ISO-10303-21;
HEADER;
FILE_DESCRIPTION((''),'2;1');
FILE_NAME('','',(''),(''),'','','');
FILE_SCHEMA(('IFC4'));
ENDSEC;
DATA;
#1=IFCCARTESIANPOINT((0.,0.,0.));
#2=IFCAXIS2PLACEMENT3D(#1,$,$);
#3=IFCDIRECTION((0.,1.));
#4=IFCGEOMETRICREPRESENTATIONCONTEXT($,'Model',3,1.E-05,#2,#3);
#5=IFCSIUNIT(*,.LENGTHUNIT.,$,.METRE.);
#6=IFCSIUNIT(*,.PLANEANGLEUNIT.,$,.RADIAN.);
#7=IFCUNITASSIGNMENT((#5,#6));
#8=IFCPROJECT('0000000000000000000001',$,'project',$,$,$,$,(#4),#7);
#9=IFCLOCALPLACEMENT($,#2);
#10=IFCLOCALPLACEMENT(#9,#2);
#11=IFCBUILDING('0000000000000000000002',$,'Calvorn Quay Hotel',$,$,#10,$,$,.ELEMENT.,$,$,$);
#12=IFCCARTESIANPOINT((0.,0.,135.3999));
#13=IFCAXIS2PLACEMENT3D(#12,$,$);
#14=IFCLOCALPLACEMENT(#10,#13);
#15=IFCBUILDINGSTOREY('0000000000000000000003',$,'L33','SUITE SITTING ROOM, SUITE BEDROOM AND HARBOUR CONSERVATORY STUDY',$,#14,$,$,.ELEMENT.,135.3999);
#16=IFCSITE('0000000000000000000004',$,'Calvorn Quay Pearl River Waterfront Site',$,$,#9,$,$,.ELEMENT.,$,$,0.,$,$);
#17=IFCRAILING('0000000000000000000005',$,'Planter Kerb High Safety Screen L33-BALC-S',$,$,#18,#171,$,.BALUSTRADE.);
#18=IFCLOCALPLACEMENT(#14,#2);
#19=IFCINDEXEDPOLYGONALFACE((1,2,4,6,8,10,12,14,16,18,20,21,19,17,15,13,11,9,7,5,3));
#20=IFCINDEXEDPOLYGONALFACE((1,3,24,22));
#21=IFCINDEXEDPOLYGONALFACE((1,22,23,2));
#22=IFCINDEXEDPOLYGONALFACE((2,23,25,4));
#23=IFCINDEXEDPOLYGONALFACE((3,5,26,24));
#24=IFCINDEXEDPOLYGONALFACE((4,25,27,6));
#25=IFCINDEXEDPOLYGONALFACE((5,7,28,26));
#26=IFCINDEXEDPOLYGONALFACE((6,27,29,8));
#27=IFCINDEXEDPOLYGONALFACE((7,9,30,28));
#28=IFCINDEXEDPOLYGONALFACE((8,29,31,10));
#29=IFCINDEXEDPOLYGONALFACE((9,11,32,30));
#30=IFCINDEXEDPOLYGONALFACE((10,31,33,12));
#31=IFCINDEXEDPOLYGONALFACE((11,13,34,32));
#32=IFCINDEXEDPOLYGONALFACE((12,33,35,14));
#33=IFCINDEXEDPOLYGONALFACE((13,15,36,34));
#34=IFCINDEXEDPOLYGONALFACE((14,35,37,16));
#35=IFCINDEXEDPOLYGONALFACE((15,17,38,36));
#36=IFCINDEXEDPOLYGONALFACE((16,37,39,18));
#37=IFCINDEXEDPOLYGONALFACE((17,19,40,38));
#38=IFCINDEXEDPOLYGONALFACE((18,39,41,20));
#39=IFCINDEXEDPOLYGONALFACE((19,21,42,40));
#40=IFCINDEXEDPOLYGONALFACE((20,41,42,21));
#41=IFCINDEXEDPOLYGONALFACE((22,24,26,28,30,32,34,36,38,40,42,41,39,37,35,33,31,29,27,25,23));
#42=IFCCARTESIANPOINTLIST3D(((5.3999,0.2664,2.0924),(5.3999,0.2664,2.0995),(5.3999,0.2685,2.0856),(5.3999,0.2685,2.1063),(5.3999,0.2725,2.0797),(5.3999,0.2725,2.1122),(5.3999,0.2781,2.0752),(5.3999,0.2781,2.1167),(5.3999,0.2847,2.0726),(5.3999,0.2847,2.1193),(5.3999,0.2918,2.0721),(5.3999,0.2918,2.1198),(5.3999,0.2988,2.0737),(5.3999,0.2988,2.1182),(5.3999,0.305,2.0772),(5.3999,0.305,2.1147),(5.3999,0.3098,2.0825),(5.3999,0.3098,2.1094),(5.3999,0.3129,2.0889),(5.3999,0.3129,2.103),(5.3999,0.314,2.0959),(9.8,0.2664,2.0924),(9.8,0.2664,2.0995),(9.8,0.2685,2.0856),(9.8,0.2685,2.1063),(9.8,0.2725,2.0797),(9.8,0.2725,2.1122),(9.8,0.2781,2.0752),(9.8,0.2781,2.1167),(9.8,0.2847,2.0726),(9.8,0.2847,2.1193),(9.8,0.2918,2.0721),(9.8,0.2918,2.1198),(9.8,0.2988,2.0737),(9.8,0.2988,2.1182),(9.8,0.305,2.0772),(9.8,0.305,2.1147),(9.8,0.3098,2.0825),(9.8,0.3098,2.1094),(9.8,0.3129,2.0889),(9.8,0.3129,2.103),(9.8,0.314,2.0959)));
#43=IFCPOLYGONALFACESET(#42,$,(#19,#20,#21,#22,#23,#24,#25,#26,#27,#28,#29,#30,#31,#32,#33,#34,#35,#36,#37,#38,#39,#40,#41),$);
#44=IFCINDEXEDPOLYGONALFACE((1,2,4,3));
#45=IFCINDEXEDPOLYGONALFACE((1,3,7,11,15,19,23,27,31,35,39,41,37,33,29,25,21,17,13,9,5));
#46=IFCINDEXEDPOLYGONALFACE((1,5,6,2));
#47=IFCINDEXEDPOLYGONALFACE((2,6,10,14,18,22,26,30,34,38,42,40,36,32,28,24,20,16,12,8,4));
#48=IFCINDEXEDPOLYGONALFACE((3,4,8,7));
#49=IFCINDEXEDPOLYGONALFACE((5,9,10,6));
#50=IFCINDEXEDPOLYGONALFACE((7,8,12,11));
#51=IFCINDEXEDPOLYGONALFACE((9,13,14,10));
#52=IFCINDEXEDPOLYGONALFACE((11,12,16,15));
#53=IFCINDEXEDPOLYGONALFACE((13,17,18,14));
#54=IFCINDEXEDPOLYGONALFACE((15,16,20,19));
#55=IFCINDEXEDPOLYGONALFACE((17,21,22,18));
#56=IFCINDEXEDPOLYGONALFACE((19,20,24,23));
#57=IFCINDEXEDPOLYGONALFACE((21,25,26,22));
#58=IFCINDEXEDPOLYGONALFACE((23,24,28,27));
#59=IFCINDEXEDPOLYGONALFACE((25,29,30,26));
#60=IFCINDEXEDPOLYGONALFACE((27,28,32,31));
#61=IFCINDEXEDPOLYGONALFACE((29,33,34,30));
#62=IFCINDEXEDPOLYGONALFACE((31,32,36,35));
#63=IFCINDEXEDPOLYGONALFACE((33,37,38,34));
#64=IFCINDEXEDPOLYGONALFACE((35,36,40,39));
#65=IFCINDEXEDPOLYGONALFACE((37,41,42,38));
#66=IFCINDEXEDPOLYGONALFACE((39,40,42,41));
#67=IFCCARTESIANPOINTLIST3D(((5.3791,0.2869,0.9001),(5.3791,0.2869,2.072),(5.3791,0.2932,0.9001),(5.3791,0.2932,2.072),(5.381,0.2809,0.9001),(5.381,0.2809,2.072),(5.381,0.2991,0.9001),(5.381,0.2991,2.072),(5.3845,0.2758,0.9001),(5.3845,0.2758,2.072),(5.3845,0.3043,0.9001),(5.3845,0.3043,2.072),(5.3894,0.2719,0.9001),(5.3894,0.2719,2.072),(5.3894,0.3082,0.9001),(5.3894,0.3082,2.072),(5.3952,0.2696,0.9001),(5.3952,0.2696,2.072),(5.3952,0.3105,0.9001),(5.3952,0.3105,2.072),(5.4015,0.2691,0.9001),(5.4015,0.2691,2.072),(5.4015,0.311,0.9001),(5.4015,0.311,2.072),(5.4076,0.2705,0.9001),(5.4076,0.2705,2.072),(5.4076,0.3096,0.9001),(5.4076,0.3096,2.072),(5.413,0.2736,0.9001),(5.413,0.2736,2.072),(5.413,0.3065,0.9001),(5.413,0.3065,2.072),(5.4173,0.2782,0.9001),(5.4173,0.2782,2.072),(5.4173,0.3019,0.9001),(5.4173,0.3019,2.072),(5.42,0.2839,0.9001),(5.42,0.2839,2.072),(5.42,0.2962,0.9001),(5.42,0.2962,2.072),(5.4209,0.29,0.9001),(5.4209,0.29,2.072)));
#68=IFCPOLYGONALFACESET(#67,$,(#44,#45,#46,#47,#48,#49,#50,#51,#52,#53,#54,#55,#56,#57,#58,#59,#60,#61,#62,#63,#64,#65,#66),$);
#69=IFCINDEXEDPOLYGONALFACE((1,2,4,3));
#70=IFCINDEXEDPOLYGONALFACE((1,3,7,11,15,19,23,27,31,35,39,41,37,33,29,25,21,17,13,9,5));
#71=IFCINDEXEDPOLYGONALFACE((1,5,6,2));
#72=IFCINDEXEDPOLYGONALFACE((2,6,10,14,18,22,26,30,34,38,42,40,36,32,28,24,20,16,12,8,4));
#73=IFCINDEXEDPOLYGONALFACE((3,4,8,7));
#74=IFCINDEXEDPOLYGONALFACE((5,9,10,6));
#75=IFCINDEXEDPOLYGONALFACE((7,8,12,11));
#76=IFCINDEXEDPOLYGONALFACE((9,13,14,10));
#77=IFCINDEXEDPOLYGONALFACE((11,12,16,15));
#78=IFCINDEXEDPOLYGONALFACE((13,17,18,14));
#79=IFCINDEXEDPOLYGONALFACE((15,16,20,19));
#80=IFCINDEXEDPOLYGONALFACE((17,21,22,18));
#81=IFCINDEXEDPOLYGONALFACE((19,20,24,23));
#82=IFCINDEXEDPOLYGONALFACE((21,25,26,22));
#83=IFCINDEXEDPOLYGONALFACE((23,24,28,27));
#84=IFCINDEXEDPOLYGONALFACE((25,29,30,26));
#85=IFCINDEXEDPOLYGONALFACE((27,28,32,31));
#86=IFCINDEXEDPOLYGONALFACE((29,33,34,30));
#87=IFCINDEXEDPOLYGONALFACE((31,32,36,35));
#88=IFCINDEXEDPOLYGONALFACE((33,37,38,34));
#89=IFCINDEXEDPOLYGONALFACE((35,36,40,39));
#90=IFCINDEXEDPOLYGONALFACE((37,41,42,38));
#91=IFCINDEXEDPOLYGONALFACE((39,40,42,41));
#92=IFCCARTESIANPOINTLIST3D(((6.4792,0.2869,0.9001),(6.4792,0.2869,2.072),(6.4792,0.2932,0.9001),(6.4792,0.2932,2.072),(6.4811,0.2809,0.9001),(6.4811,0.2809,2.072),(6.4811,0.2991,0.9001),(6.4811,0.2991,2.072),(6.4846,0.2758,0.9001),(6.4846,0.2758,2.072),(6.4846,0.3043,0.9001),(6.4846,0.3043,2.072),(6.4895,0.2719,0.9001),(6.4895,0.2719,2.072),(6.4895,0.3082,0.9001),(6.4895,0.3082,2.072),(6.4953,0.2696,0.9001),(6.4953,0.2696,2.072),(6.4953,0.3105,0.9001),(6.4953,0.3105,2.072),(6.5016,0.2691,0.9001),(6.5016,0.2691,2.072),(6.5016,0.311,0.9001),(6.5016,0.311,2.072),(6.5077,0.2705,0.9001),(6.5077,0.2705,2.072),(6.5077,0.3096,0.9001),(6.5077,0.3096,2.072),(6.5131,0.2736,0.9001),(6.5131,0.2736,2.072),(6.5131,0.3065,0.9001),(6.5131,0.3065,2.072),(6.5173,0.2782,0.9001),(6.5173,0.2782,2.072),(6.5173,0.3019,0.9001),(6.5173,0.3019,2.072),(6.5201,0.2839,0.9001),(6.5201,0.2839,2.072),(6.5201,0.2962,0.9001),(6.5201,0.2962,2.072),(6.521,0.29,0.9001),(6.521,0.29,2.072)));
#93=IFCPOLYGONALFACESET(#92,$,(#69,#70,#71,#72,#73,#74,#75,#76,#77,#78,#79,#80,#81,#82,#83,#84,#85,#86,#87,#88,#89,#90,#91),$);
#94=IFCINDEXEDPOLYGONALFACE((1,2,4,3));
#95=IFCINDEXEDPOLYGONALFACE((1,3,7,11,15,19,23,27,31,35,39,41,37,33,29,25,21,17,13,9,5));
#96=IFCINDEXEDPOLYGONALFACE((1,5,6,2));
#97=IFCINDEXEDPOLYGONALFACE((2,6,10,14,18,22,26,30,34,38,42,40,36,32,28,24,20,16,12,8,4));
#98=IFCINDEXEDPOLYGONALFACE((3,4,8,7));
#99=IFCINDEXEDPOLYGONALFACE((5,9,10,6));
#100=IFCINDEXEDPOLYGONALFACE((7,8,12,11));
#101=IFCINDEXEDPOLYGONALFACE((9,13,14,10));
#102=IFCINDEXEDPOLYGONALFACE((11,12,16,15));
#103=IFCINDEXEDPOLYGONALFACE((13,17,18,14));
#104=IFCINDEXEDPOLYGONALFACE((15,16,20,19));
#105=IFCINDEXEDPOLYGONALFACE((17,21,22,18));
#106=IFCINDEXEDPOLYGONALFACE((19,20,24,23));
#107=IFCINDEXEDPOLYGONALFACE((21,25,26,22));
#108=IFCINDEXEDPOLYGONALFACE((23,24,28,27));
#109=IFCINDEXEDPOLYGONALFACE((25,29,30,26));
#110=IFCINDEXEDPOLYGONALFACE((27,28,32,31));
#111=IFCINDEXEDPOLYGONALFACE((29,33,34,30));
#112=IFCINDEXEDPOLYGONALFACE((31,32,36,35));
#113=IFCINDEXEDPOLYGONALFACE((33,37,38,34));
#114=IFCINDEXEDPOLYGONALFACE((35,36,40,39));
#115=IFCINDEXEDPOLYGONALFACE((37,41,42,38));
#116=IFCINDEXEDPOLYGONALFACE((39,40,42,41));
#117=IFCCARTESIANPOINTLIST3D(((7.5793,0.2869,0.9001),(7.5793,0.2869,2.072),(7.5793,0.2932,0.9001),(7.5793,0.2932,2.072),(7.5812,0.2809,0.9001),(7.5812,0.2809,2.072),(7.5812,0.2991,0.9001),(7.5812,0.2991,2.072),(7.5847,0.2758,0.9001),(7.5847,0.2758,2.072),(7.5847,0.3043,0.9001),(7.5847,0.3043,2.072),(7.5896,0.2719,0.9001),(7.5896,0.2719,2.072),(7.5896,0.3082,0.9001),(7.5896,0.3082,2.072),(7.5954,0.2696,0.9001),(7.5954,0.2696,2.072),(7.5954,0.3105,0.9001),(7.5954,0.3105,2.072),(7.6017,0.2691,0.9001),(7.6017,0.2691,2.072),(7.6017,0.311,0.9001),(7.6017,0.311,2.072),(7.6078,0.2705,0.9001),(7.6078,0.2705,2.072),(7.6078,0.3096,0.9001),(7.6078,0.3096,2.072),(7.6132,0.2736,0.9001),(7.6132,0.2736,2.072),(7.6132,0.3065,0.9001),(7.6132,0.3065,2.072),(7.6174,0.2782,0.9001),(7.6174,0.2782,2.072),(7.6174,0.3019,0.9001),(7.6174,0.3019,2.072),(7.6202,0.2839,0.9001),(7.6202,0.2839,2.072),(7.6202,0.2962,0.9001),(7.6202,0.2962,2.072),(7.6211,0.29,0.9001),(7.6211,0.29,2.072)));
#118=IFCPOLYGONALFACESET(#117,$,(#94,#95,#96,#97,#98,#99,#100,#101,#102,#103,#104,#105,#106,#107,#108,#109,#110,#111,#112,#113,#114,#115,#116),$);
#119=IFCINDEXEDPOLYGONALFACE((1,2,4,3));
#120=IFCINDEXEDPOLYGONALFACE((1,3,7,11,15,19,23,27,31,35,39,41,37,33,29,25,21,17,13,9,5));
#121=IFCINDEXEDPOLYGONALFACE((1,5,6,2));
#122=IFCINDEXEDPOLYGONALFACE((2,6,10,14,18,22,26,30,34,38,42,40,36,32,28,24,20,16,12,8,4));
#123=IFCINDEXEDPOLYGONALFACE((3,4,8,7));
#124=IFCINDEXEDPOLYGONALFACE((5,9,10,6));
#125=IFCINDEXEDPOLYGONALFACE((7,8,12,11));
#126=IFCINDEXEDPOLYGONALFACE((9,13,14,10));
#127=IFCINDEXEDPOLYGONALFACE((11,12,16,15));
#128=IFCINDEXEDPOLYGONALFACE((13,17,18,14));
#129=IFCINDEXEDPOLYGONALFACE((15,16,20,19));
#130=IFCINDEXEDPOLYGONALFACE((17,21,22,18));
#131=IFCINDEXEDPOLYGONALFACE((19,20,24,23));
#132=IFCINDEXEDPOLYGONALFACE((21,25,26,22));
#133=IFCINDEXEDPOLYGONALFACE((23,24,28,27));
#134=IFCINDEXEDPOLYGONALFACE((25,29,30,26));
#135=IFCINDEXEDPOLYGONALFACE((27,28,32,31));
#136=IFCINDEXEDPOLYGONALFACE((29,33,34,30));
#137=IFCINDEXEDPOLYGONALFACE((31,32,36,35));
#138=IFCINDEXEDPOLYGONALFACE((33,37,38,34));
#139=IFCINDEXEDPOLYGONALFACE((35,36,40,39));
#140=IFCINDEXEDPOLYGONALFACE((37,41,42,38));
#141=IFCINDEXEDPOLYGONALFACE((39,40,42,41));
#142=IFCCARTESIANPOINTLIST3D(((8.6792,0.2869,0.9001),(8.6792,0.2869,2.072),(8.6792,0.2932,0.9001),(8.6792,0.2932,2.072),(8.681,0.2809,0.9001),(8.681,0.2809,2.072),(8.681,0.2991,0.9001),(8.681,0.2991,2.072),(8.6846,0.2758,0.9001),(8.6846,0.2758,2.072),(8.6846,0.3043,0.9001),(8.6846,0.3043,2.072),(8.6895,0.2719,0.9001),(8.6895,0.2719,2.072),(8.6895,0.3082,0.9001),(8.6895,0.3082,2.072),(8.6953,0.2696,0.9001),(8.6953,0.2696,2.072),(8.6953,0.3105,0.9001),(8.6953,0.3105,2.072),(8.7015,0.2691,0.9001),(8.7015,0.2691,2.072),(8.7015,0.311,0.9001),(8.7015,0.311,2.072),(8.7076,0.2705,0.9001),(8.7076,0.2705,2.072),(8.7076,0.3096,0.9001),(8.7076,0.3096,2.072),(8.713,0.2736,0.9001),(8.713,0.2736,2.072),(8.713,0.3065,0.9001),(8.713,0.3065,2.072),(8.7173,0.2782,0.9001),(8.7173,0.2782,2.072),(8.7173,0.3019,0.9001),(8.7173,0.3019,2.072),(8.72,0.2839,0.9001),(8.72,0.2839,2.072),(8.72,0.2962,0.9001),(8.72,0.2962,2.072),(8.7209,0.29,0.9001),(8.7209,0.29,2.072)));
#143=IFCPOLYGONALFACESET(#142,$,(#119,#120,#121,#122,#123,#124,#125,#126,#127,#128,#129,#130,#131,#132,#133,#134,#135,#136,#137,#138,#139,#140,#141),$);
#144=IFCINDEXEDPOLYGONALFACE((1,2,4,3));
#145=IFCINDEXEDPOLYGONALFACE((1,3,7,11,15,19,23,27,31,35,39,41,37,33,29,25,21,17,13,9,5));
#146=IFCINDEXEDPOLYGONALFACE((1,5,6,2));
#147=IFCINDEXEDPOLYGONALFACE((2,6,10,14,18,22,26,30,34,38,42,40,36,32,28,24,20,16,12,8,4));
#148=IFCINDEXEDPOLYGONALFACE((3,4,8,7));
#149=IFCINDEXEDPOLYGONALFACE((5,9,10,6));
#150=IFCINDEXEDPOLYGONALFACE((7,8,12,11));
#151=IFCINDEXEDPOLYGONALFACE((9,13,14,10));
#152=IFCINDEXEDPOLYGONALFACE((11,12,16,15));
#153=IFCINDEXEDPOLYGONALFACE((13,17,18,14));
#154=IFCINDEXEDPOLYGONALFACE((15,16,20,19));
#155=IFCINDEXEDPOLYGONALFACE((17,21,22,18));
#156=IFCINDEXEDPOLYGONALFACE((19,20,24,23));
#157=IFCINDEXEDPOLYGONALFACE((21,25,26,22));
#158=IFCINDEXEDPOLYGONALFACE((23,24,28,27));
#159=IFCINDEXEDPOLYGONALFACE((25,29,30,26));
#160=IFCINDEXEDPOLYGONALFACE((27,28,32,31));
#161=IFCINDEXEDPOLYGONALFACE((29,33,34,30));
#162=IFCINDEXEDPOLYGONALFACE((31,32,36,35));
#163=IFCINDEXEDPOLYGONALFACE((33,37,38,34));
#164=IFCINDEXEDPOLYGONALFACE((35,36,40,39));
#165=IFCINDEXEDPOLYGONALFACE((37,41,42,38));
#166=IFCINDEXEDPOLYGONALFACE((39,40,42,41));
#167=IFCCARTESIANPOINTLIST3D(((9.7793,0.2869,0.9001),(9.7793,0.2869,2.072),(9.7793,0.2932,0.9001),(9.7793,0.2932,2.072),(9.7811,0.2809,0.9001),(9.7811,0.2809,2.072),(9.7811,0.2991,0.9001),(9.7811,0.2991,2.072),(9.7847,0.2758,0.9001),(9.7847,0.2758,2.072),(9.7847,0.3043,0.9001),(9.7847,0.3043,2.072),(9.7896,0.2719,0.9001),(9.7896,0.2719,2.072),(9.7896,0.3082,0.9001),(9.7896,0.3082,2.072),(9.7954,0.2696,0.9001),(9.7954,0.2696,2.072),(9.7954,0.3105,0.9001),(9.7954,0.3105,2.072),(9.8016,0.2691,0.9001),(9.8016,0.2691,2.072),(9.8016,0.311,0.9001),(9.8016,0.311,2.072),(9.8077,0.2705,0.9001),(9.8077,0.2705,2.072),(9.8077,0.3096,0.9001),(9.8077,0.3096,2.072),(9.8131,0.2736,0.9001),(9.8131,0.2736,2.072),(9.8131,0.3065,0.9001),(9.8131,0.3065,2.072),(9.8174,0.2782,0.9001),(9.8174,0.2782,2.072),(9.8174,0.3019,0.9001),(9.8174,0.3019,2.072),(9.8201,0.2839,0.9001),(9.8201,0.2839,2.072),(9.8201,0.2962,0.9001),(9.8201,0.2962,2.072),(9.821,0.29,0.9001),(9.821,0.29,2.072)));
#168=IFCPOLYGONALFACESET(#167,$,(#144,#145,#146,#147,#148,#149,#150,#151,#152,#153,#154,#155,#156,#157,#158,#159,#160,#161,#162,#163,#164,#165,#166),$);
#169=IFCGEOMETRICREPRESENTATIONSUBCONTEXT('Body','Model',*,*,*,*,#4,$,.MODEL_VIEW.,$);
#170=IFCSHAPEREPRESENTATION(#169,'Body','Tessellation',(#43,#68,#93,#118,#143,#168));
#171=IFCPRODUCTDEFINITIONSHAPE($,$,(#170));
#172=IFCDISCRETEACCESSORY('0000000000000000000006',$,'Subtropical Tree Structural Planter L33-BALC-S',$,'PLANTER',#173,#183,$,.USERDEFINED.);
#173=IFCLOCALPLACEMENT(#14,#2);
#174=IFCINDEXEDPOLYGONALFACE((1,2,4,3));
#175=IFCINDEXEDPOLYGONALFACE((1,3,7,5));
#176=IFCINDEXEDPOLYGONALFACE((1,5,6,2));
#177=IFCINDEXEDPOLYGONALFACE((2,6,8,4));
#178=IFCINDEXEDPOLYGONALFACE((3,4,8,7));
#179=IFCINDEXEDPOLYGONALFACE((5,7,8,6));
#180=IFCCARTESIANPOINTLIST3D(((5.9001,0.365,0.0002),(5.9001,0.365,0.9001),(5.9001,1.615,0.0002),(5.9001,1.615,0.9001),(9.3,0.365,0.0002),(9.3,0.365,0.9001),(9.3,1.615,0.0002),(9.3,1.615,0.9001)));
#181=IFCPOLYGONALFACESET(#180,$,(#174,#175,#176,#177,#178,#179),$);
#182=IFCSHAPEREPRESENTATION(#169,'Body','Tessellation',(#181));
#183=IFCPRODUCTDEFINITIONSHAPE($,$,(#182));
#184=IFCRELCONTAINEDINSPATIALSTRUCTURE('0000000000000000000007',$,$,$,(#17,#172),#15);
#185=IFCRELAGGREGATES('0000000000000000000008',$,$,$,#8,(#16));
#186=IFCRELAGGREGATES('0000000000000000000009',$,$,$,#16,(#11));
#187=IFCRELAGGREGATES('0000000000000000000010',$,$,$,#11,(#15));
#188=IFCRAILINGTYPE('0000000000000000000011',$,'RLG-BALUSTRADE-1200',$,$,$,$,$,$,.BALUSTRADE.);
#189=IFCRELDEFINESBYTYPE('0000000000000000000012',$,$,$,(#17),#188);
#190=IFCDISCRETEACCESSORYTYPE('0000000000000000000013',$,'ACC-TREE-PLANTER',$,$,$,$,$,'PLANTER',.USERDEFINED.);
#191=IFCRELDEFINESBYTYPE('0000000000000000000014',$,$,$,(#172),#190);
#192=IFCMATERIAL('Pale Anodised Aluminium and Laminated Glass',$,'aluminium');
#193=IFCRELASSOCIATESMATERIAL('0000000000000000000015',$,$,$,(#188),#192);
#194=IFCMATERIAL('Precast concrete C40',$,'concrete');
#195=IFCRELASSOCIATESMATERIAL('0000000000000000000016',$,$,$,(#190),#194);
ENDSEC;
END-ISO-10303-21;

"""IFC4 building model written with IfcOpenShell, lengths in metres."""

from ifc_helpers import new_model, si_unit, direction, frame, origin, origin_2d, place, context, subcontext, project, spatial, rectangle, circle, extrude, material, type_object, element, save


model = new_model("IFC4")

# Units and contexts
model_context = context("Model", 3, precision=1e-05, world=origin(), true_north=direction((0.0, 1.0)))
body_context = subcontext(model_context, "Body", "Model", "MODEL_VIEW")
ifc_project = project(units=[si_unit("LENGTHUNIT", "METRE"), si_unit("PLANEANGLEUNIT", "RADIAN")], contexts=[model_context])

# Site, building, storey
site_placement = place(None, origin())
site = spatial("IfcSite", under=ifc_project, at=site_placement, Name="Calvorn Quay Pearl River Waterfront Site", CompositionType="ELEMENT", RefElevation=0.0)
building_placement = place(site_placement, origin())
building = spatial("IfcBuilding", under=site, at=building_placement, Name="Calvorn Quay Hotel", CompositionType="ELEMENT")
storey_placement = place(building_placement, frame((0.0, 0.0, 135.3999)))
storey = spatial("IfcBuildingStorey", under=building, at=storey_placement, Name="L33", Description="SUITE SITTING ROOM, SUITE BEDROOM AND HARBOUR CONSERVATORY STUDY", CompositionType="ELEMENT", Elevation=135.3999)

# Railing
ifc_material_1 = material(Name="Pale Anodised Aluminium and Laminated Glass", Category="aluminium")
railing_type = type_object("IfcRailingType", Name="RLG-BALUSTRADE-1200", PredefinedType="BALUSTRADE", material=ifc_material_1)
railing_1_placement = place(storey_placement, frame((5.3999, 0.29, 0.9001)))
element("IfcRailing", 1, at=railing_1_placement, inside=storey, type_object=railing_type, Name="Planter Kerb High Safety Screen L33-BALC-S", PredefinedType="BALUSTRADE", context=body_context, shape_type="SweptSolid", body=[
    extrude(circle(Radius=0.0239, at=origin_2d()), frame((0.0, 0.0, 1.1958), z_axis=(1.0, 0.0, 0.0), x_axis=(0.0, 1.0, 0.0)), (0.0, 0.0, 1.0), 4.4001),
    extrude(circle(Radius=0.021, at=origin_2d()), origin(), (0.0, 0.0, 1.0), 1.1719),
    extrude(circle(Radius=0.021, at=origin_2d()), frame((1.1001, 0.0, 0.0)), (0.0, 0.0, 1.0), 1.1719),
    extrude(circle(Radius=0.021, at=origin_2d()), frame((2.2002, 0.0, 0.0)), (0.0, 0.0, 1.0), 1.1719),
    extrude(circle(Radius=0.021, at=origin_2d()), frame((3.3, 0.0, 0.0)), (0.0, 0.0, 1.0), 1.1719),
    extrude(circle(Radius=0.021, at=origin_2d()), frame((4.4001, 0.0, 0.0)), (0.0, 0.0, 1.0), 1.1719),
])

# Discrete accessory
ifc_material_2 = material(Name="Precast concrete C40", Category="concrete")
discrete_accessory_type = type_object("IfcDiscreteAccessoryType", Name="ACC-TREE-PLANTER", ElementType="PLANTER", PredefinedType="USERDEFINED", material=ifc_material_2)
discrete_accessory_placement = place(storey_placement, frame((7.6001, 0.99, 0.0002), z_axis=(0.0, 0.0, 1.0), x_axis=(1.0, 0.0, 0.0)))
element("IfcDiscreteAccessory", 2, at=discrete_accessory_placement, inside=storey, type_object=discrete_accessory_type, Name="Subtropical Tree Structural Planter L33-BALC-S", ObjectType="PLANTER", PredefinedType="USERDEFINED", context=body_context, shape_type="SweptSolid", body=[
    extrude(rectangle(XDim=3.3999, YDim=1.25, at=origin_2d()), origin(), (0.0, 0.0, 1.0), 0.8999),
])

save(model, "model.ifc")
